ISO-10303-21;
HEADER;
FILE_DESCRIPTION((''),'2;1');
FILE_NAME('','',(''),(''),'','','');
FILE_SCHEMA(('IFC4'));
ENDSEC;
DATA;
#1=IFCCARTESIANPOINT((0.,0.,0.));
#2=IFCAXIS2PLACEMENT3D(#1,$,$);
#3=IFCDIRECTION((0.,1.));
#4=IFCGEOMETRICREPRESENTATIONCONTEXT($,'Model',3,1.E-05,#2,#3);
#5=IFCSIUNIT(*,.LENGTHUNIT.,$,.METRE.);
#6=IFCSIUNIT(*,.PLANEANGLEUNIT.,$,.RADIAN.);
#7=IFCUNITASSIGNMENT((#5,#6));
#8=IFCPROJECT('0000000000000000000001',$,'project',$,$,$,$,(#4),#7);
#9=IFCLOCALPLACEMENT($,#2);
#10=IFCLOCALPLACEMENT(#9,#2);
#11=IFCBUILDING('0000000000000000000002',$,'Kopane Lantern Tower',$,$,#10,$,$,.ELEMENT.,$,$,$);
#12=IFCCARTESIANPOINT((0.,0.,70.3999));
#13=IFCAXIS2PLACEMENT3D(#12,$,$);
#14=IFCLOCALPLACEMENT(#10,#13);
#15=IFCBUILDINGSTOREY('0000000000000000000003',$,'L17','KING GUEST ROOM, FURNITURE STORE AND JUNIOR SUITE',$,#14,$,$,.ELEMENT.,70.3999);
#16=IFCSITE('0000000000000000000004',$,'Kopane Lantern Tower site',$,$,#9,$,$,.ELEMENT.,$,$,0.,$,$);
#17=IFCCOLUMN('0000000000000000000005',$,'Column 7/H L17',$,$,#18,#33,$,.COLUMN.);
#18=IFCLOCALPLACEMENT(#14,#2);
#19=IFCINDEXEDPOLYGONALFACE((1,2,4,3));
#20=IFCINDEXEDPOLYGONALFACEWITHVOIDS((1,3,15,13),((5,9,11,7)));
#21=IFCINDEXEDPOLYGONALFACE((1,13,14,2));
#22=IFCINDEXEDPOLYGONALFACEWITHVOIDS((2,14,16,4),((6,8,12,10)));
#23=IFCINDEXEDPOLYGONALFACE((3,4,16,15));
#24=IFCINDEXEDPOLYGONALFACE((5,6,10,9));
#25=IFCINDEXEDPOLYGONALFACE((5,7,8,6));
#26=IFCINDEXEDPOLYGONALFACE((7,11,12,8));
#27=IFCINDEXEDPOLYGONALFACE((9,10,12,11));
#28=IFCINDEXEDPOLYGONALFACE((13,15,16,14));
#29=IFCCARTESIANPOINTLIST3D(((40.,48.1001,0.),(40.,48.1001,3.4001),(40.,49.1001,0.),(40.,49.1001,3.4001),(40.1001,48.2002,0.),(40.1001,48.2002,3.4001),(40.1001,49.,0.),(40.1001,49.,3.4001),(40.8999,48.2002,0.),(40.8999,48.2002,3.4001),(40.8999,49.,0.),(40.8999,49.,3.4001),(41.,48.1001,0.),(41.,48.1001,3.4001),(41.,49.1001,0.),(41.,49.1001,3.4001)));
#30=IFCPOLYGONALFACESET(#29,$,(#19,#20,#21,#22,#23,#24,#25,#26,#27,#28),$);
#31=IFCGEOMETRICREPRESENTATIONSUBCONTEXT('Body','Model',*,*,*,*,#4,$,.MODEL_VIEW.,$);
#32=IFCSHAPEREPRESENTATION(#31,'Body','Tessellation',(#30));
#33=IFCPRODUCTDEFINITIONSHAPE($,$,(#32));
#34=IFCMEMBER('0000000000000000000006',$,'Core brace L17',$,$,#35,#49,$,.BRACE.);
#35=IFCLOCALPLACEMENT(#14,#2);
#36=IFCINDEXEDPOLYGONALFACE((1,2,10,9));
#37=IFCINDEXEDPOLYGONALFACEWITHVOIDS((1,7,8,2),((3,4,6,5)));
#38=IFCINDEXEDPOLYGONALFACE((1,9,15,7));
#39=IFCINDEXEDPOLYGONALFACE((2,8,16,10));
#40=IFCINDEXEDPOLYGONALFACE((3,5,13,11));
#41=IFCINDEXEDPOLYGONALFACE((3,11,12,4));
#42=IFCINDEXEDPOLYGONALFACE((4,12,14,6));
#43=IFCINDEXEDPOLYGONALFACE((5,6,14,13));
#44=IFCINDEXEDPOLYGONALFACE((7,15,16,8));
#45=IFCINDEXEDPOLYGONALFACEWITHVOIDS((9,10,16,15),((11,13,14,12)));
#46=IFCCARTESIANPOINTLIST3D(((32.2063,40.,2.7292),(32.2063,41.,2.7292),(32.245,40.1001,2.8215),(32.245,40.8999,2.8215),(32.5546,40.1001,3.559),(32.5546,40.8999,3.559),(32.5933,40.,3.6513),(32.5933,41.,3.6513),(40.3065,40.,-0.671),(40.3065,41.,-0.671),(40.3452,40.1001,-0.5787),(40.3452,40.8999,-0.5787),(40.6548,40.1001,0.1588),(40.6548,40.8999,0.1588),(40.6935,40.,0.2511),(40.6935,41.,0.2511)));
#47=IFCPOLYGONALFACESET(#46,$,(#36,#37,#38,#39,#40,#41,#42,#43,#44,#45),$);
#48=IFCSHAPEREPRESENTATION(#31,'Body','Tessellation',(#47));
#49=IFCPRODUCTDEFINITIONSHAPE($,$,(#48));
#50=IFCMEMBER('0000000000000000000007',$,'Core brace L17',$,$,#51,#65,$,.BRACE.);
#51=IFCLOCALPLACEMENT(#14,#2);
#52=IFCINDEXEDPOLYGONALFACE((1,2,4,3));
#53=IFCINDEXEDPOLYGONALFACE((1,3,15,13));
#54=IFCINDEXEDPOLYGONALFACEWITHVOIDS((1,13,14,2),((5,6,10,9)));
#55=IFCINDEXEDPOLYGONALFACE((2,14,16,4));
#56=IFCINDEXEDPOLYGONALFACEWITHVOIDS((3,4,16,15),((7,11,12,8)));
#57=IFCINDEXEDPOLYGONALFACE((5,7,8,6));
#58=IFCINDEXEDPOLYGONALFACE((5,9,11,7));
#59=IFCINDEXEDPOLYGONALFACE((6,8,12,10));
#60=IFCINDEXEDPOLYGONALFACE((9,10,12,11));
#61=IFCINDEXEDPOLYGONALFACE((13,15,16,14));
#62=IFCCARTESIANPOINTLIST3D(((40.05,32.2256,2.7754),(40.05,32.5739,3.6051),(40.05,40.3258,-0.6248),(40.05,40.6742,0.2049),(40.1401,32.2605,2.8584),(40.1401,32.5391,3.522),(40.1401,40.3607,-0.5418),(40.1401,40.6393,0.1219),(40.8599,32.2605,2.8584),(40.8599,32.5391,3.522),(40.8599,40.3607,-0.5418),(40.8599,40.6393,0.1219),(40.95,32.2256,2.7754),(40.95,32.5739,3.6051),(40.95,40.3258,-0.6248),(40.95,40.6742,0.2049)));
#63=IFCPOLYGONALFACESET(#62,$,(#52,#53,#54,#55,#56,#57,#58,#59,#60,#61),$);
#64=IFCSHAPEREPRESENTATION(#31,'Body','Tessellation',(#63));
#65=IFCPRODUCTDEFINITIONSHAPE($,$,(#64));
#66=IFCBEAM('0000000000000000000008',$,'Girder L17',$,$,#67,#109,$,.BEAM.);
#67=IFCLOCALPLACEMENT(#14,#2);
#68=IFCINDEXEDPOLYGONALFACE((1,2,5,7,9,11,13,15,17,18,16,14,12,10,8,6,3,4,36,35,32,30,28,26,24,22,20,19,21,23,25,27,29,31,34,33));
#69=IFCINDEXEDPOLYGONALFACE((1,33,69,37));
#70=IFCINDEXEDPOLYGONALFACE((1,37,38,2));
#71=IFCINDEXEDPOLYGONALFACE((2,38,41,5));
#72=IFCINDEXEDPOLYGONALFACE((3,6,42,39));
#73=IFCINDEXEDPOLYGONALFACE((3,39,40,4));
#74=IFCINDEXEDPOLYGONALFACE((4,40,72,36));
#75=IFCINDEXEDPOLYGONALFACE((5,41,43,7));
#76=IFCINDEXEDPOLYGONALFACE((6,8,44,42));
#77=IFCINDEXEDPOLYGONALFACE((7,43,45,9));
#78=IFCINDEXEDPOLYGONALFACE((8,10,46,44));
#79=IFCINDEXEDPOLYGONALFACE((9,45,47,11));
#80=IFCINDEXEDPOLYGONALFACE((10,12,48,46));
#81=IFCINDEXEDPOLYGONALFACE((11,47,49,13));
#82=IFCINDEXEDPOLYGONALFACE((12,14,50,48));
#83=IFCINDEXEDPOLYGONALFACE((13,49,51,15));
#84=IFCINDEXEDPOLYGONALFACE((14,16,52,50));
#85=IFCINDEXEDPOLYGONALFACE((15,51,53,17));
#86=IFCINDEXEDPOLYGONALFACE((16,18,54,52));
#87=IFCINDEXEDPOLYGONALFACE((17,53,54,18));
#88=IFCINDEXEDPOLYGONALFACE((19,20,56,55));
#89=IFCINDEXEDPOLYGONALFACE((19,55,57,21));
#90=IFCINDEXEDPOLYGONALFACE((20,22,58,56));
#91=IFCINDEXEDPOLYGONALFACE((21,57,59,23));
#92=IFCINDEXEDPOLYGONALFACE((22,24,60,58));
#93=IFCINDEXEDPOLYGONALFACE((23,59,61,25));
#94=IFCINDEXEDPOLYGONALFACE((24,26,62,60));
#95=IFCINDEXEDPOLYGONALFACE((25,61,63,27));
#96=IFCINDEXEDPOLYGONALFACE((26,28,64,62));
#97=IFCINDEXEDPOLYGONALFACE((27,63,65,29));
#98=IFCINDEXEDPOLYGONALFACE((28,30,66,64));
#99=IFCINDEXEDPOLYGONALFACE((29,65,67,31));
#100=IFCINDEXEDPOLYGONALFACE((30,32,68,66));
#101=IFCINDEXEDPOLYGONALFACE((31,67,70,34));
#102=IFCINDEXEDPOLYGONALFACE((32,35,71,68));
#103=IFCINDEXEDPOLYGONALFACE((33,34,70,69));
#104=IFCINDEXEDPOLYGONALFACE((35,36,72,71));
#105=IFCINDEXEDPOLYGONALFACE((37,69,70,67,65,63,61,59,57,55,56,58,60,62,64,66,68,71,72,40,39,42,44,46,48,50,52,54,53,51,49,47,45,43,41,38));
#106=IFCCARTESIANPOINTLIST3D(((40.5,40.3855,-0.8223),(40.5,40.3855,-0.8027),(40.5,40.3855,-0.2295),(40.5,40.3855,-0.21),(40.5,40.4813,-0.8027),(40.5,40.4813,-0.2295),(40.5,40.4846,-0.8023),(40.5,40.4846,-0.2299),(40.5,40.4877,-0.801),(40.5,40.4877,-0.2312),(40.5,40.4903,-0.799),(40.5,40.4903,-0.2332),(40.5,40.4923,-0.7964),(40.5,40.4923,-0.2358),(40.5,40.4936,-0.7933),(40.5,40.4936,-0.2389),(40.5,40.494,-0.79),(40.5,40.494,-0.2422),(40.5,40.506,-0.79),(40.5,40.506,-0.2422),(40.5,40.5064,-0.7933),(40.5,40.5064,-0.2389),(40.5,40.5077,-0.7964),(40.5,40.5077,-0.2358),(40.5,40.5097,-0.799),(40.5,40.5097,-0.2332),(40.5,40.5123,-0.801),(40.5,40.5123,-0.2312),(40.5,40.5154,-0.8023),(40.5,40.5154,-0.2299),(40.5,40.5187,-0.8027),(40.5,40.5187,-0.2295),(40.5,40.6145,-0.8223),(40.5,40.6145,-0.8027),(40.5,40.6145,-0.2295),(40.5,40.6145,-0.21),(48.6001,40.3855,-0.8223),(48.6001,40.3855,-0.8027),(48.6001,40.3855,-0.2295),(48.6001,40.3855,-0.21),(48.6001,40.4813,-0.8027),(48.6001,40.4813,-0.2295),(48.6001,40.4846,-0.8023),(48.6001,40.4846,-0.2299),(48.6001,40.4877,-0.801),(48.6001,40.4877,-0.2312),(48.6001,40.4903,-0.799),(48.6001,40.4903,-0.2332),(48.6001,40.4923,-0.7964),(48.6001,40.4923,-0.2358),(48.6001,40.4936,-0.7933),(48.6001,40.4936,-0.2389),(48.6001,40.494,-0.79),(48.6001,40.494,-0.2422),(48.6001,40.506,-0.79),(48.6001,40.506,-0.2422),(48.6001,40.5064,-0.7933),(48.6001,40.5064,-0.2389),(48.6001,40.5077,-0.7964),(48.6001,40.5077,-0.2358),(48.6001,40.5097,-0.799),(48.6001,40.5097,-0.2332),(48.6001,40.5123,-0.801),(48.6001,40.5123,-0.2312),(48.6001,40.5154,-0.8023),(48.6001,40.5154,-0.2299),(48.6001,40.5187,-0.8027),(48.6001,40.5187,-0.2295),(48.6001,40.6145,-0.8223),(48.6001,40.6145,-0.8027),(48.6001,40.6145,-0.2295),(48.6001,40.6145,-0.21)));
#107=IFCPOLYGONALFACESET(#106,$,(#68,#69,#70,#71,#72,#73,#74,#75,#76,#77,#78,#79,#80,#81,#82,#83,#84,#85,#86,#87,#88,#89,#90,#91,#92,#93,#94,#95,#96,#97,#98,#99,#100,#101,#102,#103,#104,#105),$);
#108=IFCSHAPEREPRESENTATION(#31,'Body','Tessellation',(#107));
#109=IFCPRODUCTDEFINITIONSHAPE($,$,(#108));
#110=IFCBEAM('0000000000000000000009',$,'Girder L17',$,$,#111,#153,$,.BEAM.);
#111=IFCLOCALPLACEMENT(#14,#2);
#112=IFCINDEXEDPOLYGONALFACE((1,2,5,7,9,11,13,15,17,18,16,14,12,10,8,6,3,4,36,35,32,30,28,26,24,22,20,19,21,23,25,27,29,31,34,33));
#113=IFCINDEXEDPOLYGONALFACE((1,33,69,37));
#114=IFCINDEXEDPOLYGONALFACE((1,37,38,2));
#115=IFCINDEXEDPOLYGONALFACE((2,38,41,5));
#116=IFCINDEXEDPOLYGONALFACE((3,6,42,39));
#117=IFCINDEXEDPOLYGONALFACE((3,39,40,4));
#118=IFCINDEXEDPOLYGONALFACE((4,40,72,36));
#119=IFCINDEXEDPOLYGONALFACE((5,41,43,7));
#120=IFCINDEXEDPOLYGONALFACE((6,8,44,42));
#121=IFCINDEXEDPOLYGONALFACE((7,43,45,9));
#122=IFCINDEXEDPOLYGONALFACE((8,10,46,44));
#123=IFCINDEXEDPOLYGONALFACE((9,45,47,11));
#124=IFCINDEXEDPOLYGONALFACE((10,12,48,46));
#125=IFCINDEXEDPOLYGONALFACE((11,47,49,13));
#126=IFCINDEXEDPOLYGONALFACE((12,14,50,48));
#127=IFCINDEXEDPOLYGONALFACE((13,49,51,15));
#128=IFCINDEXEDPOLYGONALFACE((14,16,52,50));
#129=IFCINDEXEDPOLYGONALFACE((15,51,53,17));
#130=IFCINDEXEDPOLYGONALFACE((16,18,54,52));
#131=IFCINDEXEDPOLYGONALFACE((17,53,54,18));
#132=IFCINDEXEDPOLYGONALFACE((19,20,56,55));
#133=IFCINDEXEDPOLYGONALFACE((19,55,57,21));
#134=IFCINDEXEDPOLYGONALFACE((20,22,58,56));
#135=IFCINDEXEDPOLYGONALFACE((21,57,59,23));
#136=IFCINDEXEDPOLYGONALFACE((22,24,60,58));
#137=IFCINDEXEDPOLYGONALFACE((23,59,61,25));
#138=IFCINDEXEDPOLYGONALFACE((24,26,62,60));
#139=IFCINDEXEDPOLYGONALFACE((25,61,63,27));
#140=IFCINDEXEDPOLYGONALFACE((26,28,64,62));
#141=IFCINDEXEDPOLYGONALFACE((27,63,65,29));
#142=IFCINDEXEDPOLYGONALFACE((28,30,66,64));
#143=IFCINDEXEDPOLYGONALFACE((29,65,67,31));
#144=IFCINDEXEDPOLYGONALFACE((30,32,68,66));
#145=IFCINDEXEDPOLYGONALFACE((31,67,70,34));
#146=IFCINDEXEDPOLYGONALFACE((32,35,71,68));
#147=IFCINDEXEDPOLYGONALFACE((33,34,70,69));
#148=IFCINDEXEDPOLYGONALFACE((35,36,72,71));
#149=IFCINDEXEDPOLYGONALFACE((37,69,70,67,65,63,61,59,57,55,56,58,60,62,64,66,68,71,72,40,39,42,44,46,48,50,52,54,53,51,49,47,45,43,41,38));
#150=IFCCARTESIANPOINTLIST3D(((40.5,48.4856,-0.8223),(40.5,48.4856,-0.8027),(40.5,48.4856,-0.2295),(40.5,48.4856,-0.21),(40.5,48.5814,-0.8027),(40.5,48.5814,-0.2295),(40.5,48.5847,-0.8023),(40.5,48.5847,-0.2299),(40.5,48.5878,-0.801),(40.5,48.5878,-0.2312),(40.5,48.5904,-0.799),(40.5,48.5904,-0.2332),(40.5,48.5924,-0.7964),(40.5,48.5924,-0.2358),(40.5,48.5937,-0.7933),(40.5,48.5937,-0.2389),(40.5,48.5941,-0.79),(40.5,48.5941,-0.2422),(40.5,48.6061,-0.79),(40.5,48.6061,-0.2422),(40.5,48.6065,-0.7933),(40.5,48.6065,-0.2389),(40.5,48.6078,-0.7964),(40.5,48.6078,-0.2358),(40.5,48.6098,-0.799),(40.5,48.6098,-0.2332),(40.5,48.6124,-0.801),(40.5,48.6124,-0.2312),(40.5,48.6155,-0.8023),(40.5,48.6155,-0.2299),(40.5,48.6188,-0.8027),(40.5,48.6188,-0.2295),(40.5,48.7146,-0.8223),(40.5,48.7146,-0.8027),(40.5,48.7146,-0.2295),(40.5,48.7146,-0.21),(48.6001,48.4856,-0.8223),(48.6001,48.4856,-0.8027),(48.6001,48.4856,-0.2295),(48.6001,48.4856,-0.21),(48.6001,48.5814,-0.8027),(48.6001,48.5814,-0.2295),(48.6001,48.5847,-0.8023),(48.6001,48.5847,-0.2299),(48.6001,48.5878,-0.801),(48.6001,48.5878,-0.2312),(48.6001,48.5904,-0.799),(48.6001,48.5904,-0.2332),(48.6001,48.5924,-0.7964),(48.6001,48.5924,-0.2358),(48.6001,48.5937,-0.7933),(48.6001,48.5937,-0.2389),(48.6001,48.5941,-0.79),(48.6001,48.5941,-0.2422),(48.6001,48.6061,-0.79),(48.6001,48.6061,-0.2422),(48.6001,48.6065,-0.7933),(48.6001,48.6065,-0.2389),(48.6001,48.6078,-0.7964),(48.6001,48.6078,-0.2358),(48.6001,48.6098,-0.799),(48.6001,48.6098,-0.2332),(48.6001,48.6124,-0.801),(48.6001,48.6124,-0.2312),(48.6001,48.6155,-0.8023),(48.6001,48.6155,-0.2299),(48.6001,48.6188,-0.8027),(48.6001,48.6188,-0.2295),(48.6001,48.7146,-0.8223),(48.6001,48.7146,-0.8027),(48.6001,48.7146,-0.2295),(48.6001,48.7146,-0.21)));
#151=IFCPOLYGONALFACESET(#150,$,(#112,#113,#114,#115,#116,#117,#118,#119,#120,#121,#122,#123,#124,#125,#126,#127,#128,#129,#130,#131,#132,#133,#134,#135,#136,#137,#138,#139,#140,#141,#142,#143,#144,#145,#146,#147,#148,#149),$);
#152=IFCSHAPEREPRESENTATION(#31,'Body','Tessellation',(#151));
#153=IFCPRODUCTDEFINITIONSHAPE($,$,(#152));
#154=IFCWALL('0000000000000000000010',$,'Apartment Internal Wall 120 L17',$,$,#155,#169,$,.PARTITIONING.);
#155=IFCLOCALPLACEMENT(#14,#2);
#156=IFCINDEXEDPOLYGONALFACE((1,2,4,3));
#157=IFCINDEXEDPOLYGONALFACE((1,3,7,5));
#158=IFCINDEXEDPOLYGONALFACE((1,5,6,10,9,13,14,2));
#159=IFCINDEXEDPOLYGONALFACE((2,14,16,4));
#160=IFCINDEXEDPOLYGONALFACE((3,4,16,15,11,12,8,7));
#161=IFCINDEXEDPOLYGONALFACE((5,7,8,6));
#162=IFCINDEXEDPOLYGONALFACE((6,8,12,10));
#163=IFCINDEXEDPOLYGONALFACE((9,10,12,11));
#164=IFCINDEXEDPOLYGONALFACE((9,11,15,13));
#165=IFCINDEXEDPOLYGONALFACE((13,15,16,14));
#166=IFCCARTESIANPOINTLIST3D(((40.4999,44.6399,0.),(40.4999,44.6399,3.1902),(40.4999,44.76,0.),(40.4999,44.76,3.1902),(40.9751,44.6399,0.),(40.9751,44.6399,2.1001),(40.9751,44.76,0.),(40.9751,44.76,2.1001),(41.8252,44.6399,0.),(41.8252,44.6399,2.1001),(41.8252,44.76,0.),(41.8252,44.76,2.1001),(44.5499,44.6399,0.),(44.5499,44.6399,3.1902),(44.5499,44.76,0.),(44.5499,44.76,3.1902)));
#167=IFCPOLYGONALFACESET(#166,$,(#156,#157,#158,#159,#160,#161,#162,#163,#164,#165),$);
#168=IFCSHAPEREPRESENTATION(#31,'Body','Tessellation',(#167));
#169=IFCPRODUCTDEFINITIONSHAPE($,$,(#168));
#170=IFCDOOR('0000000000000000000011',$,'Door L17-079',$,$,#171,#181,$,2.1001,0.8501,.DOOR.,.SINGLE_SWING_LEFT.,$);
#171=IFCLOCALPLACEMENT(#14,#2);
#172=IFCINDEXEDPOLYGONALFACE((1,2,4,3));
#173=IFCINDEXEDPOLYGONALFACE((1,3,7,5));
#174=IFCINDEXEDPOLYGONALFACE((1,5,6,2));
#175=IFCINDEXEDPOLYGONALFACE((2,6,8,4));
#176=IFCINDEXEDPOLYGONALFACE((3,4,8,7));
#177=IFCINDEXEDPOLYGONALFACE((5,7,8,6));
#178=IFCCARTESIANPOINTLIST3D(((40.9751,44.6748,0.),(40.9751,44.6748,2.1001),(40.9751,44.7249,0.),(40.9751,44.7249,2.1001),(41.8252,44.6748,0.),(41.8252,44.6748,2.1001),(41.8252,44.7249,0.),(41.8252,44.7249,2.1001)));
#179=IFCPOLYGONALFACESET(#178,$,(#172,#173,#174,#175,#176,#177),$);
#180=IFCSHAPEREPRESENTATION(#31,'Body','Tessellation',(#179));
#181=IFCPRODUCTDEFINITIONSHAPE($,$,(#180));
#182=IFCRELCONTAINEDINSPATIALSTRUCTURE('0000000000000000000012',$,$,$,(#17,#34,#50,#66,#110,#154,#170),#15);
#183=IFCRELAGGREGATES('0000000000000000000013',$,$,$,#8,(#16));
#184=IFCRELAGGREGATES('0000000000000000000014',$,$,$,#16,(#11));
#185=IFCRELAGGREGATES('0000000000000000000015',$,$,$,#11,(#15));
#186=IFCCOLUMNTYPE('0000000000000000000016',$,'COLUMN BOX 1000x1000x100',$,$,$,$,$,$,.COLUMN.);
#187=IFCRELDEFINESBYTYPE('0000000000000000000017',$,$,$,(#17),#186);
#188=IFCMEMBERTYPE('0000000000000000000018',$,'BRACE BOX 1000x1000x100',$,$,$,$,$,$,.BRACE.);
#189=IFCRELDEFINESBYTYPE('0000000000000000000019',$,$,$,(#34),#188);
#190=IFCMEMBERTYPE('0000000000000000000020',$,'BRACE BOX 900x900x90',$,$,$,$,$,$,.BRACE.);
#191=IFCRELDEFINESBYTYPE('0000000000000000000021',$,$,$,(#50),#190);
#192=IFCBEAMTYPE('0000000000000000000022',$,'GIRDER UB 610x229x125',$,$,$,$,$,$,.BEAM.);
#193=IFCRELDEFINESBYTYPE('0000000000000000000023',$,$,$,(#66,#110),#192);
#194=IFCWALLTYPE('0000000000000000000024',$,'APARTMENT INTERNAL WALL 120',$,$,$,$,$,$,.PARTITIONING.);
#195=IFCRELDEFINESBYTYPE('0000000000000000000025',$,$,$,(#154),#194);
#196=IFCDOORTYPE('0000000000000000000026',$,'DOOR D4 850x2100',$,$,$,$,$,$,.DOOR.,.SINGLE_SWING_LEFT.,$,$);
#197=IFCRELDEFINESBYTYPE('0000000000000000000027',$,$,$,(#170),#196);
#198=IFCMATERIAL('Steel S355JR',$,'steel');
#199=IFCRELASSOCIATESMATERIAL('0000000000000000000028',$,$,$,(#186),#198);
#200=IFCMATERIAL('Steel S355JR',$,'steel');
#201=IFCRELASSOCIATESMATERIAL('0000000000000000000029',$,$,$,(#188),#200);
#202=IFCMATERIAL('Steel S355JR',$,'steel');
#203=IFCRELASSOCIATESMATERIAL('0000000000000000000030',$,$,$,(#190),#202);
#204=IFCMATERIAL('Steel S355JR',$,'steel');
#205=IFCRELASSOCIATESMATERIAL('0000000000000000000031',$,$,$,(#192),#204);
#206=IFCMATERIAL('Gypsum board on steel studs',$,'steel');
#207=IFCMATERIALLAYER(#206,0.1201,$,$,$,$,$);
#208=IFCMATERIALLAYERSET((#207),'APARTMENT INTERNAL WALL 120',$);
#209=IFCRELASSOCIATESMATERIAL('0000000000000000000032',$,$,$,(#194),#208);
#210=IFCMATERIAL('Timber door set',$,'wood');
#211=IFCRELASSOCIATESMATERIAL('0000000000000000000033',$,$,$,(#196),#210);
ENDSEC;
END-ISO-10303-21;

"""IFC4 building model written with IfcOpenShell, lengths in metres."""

from ifc_helpers import new_model, si_unit, direction, frame, frame_2d, origin, origin_2d, place, context, subcontext, project, spatial, rectangle, hollow_rectangle, i_section, extrude, material, layer, layer_set, material_profile, profile_set, type_object, element, fill, save


model = new_model("IFC4")

# Units and contexts
model_context = context("Model", 3, precision=1e-05, world=origin(), true_north=direction((0.0, 1.0)))
body_context = subcontext(model_context, "Body", "Model", "MODEL_VIEW")
ifc_project = project(units=[si_unit("LENGTHUNIT", "METRE"), si_unit("PLANEANGLEUNIT", "RADIAN")], contexts=[model_context])

# Site, building, storey
site_placement = place(None, origin())
site = spatial("IfcSite", under=ifc_project, at=site_placement, Name="Kopane Lantern Tower site", CompositionType="ELEMENT", RefElevation=0.0)
building_placement = place(site_placement, origin())
building = spatial("IfcBuilding", under=site, at=building_placement, Name="Kopane Lantern Tower", CompositionType="ELEMENT")
storey_placement = place(building_placement, frame((0.0, 0.0, 70.3999)))
storey = spatial("IfcBuildingStorey", under=building, at=storey_placement, Name="L17", Description="KING GUEST ROOM, FURNITURE STORE AND JUNIOR SUITE", CompositionType="ELEMENT", Elevation=70.3999)

# Column
ifc_material_1 = material(Name="Steel S355JR", Category="steel")
ifc_material_profile_1 = material_profile(ifc_material_1, hollow_rectangle(XDim=1.0, YDim=1.0, WallThickness=0.1001, at=origin_2d()), Name="BOX 1000x1000x100")
ifc_profile_set_1 = profile_set([ifc_material_profile_1], Name="Steel S355JR")
column_type = type_object("IfcColumnType", Name="COLUMN BOX 1000x1000x100", PredefinedType="COLUMN", material=ifc_profile_set_1)
column_placement = place(storey_placement, frame((40.5, 48.6001, 0.0), z_axis=(0.0, 0.0, 1.0), x_axis=(1.0, 0.0, 0.0)))
element("IfcColumn", 1, at=column_placement, inside=storey, type_object=column_type, Name="Column 7/H L17", PredefinedType="COLUMN", context=body_context, shape_type="SweptSolid", body=[
    extrude(hollow_rectangle(XDim=1.0, YDim=1.0, WallThickness=0.1001, at=origin_2d()), origin(), (0.0, 0.0, 1.0), 3.4001),
])

# Members
ifc_material_2 = material(Name="Steel S355JR", Category="steel")
ifc_material_profile_2 = material_profile(ifc_material_2, hollow_rectangle(XDim=1.0, YDim=1.0, WallThickness=0.1001, at=origin_2d()), Name="BOX 1000x1000x100")
ifc_profile_set_2 = profile_set([ifc_material_profile_2], Name="Steel S355JR")
member_type_1 = type_object("IfcMemberType", Name="BRACE BOX 1000x1000x100", PredefinedType="BRACE", material=ifc_profile_set_2)
member_1_placement = place(storey_placement, frame((40.5, 40.5, -0.21), z_axis=(-0.922059, 0.0, 0.387049), x_axis=(0.0, -1.0, 0.0)))
element("IfcMember", 2, at=member_1_placement, inside=storey, type_object=member_type_1, Name="Core brace L17", PredefinedType="BRACE", context=body_context, shape_type="SweptSolid", body=[
    extrude(hollow_rectangle(XDim=1.0, YDim=1.0, WallThickness=0.1001, at=origin_2d()), origin(), (0.0, 0.0, 1.0), 8.7849),
])
ifc_material_3 = material(Name="Steel S355JR", Category="steel")
ifc_material_profile_3 = material_profile(ifc_material_3, hollow_rectangle(XDim=0.8999, YDim=0.8999, WallThickness=0.0901, at=origin_2d()), Name="BOX 900x900x90")
ifc_profile_set_3 = profile_set([ifc_material_profile_3], Name="Steel S355JR")
member_type_2 = type_object("IfcMemberType", Name="BRACE BOX 900x900x90", PredefinedType="BRACE", material=ifc_profile_set_3)
member_2_placement = place(storey_placement, frame((40.5, 40.5, -0.21), z_axis=(0.0, -0.922059, 0.387049), x_axis=(1.0, 0.0, 0.0)))
element("IfcMember", 3, at=member_2_placement, inside=storey, type_object=member_type_2, Name="Core brace L17", PredefinedType="BRACE", context=body_context, shape_type="SweptSolid", body=[
    extrude(hollow_rectangle(XDim=0.8999, YDim=0.8999, WallThickness=0.0901, at=origin_2d()), origin(), (0.0, 0.0, 1.0), 8.7849),
])

# Beams
ifc_material_4 = material(Name="Steel S355JR", Category="steel")
ifc_material_profile_4 = material_profile(ifc_material_4, i_section(OverallWidth=0.229, OverallDepth=0.6123, WebThickness=0.012, FlangeThickness=0.0195, FilletRadius=0.0127, at=origin_2d()), Name="UB 610x229x125")
ifc_profile_set_4 = profile_set([ifc_material_profile_4], Name="Steel S355JR")
beam_type = type_object("IfcBeamType", Name="GIRDER UB 610x229x125", PredefinedType="BEAM", material=ifc_profile_set_4)
for number, where, z_axis, x_axis, name in (
    (4, (40.5, 40.5, -0.5161), (1.0, 0.0, 0.0), (0.0, 1.0, 0.0), "Girder L17"),
    (5, (40.5, 48.6001, -0.5161), (1.0, 0.0, 0.0), (0.0, 1.0, 0.0), "Girder L17"),
):
    element("IfcBeam", number, at=place(storey_placement, frame(where, z_axis=z_axis, x_axis=x_axis)), inside=storey, type_object=beam_type, Name=name, PredefinedType="BEAM", context=body_context, shape_type="SweptSolid", body=[
        extrude(i_section(OverallWidth=0.229, OverallDepth=0.6123, WebThickness=0.012, FlangeThickness=0.0195, FilletRadius=0.0127, at=origin_2d()), origin(), (0.0, 0.0, 1.0), 8.1001),
    ])

# Wall, opening, door
ifc_material_5 = material(Name="Gypsum board on steel studs", Category="steel")
ifc_layer_1 = layer(ifc_material_5, 0.1201)
ifc_layer_set_1 = layer_set([ifc_layer_1], Name="APARTMENT INTERNAL WALL 120")
wall_type_1 = type_object("IfcWallType", Name="APARTMENT INTERNAL WALL 120", PredefinedType="PARTITIONING", material=ifc_layer_set_1)
wall_1_placement = place(storey_placement, frame((40.5, 44.7, 0.0), z_axis=(0.0, 0.0, 1.0), x_axis=(1.0, 0.0, 0.0)))
wall_1 = element("IfcWall", 6, at=wall_1_placement, inside=storey, type_object=wall_type_1, Name="Apartment Internal Wall 120 L17", PredefinedType="PARTITIONING", context=body_context, shape_type="SweptSolid", body=[
    extrude(rectangle(XDim=4.05, YDim=0.1201, at=frame_2d((2.0249, 0.0))), origin(), (0.0, 0.0, 1.0), 3.1902),
])
opening_1_placement = place(wall_1_placement, frame((0.4751, 0.0, 0.0)))
opening_1 = element("IfcOpeningElement", 7, at=opening_1_placement, cuts=wall_1, PredefinedType="OPENING", context=body_context, shape_type="SweptSolid", body=[
    extrude(rectangle(XDim=0.8501, YDim=2.1001, at=frame_2d((0.425, 1.05))), frame((0.0, 0.0701, 0.0), z_axis=(0.0, -1.0, 0.0), x_axis=(1.0, 0.0, 0.0)), (0.0, 0.0, 1.0), 0.1401),
])
ifc_material_6 = material(Name="Timber door set", Category="wood")
door_type_1 = type_object("IfcDoorType", Name="DOOR D4 850x2100", OperationType="SINGLE_SWING_LEFT", PredefinedType="DOOR", material=ifc_material_6)
door_1_placement = place(opening_1_placement, origin())
door_1 = element("IfcDoor", 8, at=door_1_placement, inside=storey, type_object=door_type_1, Name="Door L17-079", OperationType="SINGLE_SWING_LEFT", OverallHeight=2.1001, OverallWidth=0.8501, PredefinedType="DOOR", context=body_context, shape_type="SweptSolid", body=[
    extrude(rectangle(XDim=0.8501, YDim=2.1001, at=frame_2d((0.425, 1.05))), frame((0.0, 0.0249, 0.0), z_axis=(0.0, -1.0, 0.0), x_axis=(1.0, 0.0, 0.0)), (0.0, 0.0, 1.0), 0.05),
])
fill(opening_1, door_1)

save(model, "model.ifc")
